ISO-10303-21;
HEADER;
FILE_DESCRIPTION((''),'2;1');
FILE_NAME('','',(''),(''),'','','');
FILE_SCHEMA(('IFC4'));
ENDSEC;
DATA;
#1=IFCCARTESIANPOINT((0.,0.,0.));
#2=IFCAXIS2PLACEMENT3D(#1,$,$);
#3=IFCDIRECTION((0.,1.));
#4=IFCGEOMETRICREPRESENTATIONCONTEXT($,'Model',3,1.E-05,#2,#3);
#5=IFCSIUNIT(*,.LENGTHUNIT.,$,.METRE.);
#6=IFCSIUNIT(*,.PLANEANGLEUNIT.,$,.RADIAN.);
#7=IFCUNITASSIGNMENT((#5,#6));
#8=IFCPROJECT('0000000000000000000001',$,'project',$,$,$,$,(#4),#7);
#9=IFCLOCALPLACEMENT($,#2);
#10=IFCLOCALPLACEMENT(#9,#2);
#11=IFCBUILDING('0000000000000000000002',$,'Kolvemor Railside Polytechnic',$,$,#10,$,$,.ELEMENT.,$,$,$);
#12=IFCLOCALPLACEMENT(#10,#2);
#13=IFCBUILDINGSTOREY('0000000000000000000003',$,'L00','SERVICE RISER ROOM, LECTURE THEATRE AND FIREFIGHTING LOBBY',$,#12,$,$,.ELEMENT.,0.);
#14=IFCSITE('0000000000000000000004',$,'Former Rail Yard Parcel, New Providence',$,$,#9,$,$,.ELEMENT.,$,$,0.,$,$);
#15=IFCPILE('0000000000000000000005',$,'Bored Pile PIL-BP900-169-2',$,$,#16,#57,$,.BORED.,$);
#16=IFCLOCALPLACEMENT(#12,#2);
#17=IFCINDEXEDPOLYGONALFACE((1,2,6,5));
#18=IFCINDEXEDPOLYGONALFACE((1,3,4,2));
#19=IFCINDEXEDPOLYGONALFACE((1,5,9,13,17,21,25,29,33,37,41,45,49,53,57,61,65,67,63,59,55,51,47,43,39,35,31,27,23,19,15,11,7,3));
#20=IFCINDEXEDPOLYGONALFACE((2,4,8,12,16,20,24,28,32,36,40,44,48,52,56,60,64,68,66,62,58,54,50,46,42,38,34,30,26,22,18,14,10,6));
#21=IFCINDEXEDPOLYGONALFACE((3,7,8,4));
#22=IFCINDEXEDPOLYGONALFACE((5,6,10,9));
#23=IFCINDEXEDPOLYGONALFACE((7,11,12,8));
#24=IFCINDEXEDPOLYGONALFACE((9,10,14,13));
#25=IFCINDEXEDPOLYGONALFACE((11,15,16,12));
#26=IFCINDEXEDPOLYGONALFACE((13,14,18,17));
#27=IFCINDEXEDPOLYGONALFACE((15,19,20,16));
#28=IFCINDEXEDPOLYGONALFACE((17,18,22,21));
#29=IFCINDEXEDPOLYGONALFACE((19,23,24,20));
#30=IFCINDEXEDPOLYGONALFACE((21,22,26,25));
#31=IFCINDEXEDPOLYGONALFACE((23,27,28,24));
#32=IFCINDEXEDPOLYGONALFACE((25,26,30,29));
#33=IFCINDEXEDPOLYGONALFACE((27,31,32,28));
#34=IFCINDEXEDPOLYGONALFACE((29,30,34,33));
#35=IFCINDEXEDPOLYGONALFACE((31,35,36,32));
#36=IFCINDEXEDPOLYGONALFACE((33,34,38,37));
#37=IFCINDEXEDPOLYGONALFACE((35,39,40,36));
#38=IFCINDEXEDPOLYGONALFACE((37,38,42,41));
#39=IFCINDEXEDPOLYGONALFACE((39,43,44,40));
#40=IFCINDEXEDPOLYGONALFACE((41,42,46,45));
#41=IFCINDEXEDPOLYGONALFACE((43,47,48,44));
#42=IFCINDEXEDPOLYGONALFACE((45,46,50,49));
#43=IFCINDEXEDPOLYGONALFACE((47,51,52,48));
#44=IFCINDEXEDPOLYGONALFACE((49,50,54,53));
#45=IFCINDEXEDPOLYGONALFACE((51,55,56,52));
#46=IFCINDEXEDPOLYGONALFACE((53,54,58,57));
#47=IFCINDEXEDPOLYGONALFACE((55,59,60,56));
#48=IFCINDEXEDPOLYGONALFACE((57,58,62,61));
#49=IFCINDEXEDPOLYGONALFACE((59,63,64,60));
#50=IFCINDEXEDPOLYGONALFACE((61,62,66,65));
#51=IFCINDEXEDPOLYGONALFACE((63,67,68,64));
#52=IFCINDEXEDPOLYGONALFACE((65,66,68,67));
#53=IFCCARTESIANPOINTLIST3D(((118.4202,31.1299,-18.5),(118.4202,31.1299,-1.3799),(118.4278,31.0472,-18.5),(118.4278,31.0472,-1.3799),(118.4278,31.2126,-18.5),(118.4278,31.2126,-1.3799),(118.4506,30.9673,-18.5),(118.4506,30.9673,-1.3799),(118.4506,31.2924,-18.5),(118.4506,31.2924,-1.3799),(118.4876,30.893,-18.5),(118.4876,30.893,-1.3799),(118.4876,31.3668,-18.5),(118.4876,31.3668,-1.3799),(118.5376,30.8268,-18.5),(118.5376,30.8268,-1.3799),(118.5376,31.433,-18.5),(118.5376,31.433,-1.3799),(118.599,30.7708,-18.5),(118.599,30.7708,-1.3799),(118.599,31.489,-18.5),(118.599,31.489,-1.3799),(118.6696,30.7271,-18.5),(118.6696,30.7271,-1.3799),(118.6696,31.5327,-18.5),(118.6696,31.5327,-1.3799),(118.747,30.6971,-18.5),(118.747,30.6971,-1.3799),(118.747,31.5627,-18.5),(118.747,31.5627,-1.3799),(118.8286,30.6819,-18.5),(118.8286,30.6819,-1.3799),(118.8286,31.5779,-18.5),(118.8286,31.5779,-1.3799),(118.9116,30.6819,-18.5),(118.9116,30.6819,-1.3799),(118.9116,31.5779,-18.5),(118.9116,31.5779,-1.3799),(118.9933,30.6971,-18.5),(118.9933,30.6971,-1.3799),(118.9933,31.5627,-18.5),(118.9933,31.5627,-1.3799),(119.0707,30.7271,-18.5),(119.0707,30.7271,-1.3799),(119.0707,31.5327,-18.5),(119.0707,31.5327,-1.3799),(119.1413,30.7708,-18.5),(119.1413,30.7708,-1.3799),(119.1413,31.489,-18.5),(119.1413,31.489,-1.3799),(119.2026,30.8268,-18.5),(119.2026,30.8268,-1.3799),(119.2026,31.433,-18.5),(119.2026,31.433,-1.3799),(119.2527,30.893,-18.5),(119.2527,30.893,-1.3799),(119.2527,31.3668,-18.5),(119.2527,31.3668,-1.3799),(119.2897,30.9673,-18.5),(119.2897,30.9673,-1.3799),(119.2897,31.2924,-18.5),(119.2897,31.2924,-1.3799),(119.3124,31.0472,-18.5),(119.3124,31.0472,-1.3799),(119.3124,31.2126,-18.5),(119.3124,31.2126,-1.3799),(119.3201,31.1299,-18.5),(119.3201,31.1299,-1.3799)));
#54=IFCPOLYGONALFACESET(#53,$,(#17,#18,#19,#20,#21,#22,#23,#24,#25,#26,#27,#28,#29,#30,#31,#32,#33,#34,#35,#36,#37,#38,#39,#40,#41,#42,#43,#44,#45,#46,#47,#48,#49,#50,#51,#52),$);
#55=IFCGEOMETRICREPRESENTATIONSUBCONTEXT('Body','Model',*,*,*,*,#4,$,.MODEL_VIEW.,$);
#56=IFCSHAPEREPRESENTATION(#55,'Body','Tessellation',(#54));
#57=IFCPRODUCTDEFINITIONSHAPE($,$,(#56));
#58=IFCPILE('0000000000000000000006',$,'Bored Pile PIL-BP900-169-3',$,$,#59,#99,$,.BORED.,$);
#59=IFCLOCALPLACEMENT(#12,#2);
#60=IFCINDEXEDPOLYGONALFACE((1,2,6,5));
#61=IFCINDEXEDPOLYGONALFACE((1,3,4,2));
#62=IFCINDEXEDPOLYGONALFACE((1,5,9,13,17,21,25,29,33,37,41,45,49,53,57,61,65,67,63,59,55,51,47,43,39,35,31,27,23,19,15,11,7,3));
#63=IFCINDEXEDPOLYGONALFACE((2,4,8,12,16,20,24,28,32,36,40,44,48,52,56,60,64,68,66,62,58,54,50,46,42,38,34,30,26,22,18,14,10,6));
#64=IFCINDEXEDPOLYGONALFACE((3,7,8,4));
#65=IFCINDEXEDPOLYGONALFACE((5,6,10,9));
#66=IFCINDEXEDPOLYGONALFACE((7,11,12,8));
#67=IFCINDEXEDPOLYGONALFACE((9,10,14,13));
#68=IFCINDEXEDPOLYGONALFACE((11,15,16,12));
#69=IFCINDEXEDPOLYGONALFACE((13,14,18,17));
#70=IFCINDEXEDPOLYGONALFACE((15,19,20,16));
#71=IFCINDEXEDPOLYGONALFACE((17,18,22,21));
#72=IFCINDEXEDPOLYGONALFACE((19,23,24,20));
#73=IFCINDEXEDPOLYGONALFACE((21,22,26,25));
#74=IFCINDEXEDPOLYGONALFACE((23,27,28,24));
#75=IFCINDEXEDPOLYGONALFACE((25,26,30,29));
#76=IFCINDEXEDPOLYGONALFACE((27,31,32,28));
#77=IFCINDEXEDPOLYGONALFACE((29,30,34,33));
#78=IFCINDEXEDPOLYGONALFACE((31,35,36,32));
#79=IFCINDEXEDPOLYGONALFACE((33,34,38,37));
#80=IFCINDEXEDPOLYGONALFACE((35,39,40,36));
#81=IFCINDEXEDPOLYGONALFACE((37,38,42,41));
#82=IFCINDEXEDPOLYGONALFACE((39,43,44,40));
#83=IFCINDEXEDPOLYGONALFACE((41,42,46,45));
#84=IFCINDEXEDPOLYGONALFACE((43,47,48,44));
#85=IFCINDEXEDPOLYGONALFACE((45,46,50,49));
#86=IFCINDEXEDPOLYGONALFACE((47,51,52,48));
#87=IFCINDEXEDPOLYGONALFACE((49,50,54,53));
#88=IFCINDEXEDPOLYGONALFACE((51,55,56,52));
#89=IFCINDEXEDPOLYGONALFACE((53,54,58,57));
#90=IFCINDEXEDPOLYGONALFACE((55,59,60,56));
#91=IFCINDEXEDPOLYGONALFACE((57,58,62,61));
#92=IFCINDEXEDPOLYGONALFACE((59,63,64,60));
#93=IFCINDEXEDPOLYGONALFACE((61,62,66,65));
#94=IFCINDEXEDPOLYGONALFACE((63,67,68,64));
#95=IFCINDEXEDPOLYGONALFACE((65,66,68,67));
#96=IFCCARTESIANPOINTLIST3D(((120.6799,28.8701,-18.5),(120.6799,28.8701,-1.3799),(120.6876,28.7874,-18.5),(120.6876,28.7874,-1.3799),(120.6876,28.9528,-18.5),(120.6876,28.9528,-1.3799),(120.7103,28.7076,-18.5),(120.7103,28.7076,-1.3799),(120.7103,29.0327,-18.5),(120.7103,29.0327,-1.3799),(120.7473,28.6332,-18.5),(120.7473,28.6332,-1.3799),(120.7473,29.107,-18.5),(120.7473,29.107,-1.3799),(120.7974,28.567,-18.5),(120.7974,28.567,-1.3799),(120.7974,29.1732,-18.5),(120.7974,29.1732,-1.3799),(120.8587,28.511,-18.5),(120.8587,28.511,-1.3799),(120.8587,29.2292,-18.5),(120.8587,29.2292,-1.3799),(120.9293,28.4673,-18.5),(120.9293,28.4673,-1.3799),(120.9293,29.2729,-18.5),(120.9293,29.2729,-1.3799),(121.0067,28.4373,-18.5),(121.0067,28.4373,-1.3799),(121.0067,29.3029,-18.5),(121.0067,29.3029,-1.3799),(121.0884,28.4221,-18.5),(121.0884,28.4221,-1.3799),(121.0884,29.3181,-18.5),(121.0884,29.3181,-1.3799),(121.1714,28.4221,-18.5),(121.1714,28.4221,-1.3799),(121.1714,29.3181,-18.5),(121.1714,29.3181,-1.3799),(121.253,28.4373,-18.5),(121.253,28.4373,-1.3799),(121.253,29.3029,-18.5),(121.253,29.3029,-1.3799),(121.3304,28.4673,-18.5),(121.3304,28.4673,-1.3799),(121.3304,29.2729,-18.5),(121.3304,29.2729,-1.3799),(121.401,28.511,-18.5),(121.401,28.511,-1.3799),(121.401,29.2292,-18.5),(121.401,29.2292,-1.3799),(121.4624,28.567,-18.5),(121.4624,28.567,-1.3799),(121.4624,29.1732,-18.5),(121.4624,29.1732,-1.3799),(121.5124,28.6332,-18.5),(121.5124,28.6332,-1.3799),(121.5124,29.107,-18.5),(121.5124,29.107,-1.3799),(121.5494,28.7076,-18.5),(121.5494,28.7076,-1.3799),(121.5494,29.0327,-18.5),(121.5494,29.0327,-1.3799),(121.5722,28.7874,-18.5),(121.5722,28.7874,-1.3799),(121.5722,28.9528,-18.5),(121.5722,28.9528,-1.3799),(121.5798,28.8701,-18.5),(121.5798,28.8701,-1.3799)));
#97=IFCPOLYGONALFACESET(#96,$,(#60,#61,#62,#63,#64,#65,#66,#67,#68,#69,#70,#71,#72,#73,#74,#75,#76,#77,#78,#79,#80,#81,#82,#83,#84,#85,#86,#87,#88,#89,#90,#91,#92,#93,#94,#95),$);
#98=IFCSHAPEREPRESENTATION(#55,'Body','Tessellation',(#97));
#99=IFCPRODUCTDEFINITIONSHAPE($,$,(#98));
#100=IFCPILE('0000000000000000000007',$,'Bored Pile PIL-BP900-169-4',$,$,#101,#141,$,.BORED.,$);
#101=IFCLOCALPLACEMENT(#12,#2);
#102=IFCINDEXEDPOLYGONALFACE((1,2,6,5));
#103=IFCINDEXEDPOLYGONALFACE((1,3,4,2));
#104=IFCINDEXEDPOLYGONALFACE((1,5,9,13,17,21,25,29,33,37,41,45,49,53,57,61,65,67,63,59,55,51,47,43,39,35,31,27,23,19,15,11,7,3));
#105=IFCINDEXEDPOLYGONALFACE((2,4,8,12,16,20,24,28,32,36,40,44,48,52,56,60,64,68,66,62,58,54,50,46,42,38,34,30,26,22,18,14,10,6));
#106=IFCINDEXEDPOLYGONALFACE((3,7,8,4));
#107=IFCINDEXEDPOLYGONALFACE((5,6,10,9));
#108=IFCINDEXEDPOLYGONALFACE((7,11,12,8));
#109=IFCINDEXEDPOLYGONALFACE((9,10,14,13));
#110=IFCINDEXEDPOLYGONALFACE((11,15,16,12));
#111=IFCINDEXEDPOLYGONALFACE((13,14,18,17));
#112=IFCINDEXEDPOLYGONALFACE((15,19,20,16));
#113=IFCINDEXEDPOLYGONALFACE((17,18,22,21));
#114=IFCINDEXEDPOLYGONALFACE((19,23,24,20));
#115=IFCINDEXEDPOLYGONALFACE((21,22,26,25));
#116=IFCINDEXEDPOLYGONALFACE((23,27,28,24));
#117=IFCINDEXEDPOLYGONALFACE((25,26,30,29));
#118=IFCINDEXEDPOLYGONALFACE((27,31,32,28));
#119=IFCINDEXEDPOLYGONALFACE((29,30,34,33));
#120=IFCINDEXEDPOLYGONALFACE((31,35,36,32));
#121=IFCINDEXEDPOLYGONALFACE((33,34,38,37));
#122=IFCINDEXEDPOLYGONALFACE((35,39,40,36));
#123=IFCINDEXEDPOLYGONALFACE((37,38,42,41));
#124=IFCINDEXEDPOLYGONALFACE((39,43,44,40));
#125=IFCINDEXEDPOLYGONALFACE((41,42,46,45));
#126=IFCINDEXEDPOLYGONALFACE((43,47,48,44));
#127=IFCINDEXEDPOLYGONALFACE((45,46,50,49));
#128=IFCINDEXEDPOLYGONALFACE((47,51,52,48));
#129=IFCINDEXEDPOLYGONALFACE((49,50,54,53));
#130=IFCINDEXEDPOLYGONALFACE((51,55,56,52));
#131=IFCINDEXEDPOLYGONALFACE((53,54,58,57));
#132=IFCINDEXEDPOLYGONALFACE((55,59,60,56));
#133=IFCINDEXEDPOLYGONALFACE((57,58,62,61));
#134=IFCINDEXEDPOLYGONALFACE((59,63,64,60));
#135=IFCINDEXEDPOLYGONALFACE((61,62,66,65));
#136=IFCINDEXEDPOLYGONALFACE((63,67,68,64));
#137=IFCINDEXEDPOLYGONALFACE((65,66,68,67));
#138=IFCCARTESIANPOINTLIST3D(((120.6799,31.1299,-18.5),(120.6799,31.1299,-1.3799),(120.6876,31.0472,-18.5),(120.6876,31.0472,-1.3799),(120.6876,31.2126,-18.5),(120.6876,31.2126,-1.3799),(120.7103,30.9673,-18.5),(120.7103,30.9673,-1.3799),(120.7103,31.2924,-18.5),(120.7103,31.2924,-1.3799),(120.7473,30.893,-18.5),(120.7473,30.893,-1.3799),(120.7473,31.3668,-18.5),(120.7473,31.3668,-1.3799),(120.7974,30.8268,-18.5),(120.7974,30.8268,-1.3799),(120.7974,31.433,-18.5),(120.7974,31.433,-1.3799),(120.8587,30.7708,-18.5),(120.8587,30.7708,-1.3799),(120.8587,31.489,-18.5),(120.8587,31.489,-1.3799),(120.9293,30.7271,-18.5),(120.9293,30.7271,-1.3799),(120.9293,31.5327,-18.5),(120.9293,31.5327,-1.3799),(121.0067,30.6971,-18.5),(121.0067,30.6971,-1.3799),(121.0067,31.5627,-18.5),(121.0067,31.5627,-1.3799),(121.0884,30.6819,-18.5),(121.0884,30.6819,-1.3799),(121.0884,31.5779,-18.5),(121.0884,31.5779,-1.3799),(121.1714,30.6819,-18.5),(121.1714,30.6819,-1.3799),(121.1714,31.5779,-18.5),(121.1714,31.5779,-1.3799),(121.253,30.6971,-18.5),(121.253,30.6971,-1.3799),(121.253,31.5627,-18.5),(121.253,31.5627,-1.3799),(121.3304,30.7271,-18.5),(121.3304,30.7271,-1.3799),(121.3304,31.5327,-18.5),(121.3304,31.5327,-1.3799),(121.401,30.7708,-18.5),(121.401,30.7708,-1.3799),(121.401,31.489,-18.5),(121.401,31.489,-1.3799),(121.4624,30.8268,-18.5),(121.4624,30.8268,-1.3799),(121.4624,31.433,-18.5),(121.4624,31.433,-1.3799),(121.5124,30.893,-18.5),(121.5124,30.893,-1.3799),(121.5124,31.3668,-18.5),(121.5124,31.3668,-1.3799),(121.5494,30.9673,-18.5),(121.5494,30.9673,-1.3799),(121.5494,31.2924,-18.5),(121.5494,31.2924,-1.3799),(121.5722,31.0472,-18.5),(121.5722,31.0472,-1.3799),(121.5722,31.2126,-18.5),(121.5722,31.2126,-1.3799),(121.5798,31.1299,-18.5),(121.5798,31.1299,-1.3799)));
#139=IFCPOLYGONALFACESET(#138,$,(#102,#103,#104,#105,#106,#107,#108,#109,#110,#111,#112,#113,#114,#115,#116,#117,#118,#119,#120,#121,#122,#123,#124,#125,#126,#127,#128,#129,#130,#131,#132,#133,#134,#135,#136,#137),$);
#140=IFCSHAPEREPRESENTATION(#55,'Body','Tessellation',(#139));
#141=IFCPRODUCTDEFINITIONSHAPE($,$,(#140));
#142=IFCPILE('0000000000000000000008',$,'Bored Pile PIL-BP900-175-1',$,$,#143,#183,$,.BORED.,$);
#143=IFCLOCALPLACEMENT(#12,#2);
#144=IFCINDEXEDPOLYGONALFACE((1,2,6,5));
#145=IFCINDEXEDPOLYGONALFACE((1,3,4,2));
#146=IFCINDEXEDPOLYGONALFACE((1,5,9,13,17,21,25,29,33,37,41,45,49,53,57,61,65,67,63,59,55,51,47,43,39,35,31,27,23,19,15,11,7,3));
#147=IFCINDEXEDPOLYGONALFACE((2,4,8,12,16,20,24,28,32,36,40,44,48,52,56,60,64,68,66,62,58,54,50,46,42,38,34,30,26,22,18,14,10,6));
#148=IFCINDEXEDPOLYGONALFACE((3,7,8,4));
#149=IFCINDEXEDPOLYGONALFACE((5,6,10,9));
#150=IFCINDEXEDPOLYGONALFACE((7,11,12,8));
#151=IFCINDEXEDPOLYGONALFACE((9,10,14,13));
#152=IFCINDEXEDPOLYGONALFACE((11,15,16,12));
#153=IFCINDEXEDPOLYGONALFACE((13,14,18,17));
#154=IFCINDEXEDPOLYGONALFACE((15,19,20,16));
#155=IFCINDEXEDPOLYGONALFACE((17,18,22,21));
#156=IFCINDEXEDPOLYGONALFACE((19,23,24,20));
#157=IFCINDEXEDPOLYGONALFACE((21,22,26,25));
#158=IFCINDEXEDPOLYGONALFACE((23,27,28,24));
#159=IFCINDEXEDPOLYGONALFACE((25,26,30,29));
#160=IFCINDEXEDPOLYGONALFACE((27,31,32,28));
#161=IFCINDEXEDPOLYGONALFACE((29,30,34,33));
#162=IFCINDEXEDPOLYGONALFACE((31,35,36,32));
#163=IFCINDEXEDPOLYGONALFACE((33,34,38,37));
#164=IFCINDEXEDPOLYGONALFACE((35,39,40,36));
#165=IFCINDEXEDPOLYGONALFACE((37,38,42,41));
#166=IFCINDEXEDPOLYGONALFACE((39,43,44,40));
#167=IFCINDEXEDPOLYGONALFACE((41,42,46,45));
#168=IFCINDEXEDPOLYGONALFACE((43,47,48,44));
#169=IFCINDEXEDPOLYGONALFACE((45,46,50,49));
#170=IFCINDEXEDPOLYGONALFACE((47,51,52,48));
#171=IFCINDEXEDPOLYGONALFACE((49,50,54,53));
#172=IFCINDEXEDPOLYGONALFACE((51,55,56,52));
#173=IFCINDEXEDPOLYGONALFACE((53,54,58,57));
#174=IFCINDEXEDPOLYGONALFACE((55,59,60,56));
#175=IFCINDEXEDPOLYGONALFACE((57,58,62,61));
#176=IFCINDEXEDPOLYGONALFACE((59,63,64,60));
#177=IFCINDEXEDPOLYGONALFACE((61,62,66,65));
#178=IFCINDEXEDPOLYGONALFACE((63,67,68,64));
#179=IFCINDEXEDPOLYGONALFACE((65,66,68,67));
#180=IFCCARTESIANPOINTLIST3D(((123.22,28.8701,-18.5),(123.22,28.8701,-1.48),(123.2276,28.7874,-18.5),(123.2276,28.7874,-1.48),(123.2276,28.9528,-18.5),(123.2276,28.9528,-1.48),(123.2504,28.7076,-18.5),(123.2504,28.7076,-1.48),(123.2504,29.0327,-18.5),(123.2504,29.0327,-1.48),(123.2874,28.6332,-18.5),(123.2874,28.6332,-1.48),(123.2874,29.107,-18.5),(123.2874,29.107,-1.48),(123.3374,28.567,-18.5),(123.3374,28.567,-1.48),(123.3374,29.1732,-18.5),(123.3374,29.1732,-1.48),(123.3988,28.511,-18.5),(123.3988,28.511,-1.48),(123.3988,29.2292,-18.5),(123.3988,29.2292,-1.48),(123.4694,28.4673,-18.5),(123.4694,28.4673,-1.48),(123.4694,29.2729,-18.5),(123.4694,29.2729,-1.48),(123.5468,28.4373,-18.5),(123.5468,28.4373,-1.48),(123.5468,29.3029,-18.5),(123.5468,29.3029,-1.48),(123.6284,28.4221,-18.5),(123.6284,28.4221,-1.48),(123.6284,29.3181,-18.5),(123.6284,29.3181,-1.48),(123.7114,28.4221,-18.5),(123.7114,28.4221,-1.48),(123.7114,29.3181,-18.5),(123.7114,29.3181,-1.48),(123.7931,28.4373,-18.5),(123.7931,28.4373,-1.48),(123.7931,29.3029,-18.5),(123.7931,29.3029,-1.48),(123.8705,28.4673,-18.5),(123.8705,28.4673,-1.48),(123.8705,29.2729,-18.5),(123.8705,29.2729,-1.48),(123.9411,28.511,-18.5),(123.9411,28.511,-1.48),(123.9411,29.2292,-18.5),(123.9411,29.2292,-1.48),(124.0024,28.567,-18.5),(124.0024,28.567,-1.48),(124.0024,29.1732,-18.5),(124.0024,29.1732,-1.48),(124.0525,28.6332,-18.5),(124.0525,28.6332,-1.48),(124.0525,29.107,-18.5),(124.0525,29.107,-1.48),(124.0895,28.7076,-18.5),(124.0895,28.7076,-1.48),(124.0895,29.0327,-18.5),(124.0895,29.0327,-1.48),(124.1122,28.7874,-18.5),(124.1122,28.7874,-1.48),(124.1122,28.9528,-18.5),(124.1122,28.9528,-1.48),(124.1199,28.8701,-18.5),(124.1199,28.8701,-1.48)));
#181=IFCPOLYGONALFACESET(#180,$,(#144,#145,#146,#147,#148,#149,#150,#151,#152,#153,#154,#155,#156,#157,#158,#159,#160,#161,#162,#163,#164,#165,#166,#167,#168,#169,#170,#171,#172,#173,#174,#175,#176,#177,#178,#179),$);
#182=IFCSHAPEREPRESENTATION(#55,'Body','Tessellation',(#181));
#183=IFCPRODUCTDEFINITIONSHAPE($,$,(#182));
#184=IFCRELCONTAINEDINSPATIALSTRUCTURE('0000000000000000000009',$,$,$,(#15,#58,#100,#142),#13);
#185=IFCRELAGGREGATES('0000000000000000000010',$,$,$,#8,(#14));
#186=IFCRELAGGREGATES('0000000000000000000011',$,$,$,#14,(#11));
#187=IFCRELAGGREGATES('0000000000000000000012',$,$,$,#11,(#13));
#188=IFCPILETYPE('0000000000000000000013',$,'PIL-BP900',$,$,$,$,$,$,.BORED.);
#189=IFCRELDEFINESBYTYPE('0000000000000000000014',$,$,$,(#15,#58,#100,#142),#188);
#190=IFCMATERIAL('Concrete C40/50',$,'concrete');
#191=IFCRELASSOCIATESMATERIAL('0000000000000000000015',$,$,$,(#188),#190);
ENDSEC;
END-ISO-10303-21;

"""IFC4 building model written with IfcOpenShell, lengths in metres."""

from ifc_helpers import new_model, si_unit, direction, frame, origin, origin_2d, place, context, subcontext, project, spatial, circle, extrude, material, material_profile, profile_set, type_object, element, save


model = new_model("IFC4")

# Units and contexts
model_context = context("Model", 3, precision=1e-05, world=origin(), true_north=direction((0.0, 1.0)))
body_context = subcontext(model_context, "Body", "Model", "MODEL_VIEW")
ifc_project = project(units=[si_unit("LENGTHUNIT", "METRE"), si_unit("PLANEANGLEUNIT", "RADIAN")], contexts=[model_context])

# Site, building, storey
site_placement = place(None, origin())
site = spatial("IfcSite", under=ifc_project, at=site_placement, Name="Former Rail Yard Parcel, New Providence", CompositionType="ELEMENT", RefElevation=0.0)
building_placement = place(site_placement, origin())
building = spatial("IfcBuilding", under=site, at=building_placement, Name="Kolvemor Railside Polytechnic", CompositionType="ELEMENT")
storey_placement = place(building_placement, origin())
storey = spatial("IfcBuildingStorey", under=building, at=storey_placement, Name="L00", Description="SERVICE RISER ROOM, LECTURE THEATRE AND FIREFIGHTING LOBBY", CompositionType="ELEMENT", Elevation=0.0)

# Piles
ifc_material_1 = material(Name="Concrete C40/50", Category="concrete")
ifc_material_profile_1 = material_profile(ifc_material_1, circle(Radius=0.45, at=origin_2d()), Name="BP900")
ifc_profile_set_1 = profile_set([ifc_material_profile_1], Name="Concrete C40/50")
pile_type_1 = type_object("IfcPileType", Name="PIL-BP900", PredefinedType="BORED", material=ifc_profile_set_1)
for number, where, z_axis, x_axis, name in (
    (1, (118.8701, 31.1299, -1.3799), (0.0, 0.0, -1.0), (1.0, 0.0, 0.0), "Bored Pile PIL-BP900-169-2"),
    (2, (121.1299, 28.8701, -1.3799), (0.0, 0.0, -1.0), (1.0, 0.0, 0.0), "Bored Pile PIL-BP900-169-3"),
    (3, (121.1299, 31.1299, -1.3799), (0.0, 0.0, -1.0), (1.0, 0.0, 0.0), "Bored Pile PIL-BP900-169-4"),
):
    element("IfcPile", number, at=place(storey_placement, frame(where, z_axis=z_axis, x_axis=x_axis)), inside=storey, type_object=pile_type_1, Name=name, PredefinedType="BORED", context=body_context, shape_type="SweptSolid", body=[
        extrude(circle(Radius=0.45, at=origin_2d()), origin(), (0.0, 0.0, 1.0), 17.1201),
    ])
for number, where, z_axis, x_axis, name in (
    (4, (123.6699, 28.8701, -1.48), (0.0, 0.0, -1.0), (1.0, 0.0, 0.0), "Bored Pile PIL-BP900-175-1"),
):
    element("IfcPile", number, at=place(storey_placement, frame(where, z_axis=z_axis, x_axis=x_axis)), inside=storey, type_object=pile_type_1, Name=name, PredefinedType="BORED", context=body_context, shape_type="SweptSolid", body=[
        extrude(circle(Radius=0.45, at=origin_2d()), origin(), (0.0, 0.0, 1.0), 17.02),
    ])

save(model, "model.ifc")
